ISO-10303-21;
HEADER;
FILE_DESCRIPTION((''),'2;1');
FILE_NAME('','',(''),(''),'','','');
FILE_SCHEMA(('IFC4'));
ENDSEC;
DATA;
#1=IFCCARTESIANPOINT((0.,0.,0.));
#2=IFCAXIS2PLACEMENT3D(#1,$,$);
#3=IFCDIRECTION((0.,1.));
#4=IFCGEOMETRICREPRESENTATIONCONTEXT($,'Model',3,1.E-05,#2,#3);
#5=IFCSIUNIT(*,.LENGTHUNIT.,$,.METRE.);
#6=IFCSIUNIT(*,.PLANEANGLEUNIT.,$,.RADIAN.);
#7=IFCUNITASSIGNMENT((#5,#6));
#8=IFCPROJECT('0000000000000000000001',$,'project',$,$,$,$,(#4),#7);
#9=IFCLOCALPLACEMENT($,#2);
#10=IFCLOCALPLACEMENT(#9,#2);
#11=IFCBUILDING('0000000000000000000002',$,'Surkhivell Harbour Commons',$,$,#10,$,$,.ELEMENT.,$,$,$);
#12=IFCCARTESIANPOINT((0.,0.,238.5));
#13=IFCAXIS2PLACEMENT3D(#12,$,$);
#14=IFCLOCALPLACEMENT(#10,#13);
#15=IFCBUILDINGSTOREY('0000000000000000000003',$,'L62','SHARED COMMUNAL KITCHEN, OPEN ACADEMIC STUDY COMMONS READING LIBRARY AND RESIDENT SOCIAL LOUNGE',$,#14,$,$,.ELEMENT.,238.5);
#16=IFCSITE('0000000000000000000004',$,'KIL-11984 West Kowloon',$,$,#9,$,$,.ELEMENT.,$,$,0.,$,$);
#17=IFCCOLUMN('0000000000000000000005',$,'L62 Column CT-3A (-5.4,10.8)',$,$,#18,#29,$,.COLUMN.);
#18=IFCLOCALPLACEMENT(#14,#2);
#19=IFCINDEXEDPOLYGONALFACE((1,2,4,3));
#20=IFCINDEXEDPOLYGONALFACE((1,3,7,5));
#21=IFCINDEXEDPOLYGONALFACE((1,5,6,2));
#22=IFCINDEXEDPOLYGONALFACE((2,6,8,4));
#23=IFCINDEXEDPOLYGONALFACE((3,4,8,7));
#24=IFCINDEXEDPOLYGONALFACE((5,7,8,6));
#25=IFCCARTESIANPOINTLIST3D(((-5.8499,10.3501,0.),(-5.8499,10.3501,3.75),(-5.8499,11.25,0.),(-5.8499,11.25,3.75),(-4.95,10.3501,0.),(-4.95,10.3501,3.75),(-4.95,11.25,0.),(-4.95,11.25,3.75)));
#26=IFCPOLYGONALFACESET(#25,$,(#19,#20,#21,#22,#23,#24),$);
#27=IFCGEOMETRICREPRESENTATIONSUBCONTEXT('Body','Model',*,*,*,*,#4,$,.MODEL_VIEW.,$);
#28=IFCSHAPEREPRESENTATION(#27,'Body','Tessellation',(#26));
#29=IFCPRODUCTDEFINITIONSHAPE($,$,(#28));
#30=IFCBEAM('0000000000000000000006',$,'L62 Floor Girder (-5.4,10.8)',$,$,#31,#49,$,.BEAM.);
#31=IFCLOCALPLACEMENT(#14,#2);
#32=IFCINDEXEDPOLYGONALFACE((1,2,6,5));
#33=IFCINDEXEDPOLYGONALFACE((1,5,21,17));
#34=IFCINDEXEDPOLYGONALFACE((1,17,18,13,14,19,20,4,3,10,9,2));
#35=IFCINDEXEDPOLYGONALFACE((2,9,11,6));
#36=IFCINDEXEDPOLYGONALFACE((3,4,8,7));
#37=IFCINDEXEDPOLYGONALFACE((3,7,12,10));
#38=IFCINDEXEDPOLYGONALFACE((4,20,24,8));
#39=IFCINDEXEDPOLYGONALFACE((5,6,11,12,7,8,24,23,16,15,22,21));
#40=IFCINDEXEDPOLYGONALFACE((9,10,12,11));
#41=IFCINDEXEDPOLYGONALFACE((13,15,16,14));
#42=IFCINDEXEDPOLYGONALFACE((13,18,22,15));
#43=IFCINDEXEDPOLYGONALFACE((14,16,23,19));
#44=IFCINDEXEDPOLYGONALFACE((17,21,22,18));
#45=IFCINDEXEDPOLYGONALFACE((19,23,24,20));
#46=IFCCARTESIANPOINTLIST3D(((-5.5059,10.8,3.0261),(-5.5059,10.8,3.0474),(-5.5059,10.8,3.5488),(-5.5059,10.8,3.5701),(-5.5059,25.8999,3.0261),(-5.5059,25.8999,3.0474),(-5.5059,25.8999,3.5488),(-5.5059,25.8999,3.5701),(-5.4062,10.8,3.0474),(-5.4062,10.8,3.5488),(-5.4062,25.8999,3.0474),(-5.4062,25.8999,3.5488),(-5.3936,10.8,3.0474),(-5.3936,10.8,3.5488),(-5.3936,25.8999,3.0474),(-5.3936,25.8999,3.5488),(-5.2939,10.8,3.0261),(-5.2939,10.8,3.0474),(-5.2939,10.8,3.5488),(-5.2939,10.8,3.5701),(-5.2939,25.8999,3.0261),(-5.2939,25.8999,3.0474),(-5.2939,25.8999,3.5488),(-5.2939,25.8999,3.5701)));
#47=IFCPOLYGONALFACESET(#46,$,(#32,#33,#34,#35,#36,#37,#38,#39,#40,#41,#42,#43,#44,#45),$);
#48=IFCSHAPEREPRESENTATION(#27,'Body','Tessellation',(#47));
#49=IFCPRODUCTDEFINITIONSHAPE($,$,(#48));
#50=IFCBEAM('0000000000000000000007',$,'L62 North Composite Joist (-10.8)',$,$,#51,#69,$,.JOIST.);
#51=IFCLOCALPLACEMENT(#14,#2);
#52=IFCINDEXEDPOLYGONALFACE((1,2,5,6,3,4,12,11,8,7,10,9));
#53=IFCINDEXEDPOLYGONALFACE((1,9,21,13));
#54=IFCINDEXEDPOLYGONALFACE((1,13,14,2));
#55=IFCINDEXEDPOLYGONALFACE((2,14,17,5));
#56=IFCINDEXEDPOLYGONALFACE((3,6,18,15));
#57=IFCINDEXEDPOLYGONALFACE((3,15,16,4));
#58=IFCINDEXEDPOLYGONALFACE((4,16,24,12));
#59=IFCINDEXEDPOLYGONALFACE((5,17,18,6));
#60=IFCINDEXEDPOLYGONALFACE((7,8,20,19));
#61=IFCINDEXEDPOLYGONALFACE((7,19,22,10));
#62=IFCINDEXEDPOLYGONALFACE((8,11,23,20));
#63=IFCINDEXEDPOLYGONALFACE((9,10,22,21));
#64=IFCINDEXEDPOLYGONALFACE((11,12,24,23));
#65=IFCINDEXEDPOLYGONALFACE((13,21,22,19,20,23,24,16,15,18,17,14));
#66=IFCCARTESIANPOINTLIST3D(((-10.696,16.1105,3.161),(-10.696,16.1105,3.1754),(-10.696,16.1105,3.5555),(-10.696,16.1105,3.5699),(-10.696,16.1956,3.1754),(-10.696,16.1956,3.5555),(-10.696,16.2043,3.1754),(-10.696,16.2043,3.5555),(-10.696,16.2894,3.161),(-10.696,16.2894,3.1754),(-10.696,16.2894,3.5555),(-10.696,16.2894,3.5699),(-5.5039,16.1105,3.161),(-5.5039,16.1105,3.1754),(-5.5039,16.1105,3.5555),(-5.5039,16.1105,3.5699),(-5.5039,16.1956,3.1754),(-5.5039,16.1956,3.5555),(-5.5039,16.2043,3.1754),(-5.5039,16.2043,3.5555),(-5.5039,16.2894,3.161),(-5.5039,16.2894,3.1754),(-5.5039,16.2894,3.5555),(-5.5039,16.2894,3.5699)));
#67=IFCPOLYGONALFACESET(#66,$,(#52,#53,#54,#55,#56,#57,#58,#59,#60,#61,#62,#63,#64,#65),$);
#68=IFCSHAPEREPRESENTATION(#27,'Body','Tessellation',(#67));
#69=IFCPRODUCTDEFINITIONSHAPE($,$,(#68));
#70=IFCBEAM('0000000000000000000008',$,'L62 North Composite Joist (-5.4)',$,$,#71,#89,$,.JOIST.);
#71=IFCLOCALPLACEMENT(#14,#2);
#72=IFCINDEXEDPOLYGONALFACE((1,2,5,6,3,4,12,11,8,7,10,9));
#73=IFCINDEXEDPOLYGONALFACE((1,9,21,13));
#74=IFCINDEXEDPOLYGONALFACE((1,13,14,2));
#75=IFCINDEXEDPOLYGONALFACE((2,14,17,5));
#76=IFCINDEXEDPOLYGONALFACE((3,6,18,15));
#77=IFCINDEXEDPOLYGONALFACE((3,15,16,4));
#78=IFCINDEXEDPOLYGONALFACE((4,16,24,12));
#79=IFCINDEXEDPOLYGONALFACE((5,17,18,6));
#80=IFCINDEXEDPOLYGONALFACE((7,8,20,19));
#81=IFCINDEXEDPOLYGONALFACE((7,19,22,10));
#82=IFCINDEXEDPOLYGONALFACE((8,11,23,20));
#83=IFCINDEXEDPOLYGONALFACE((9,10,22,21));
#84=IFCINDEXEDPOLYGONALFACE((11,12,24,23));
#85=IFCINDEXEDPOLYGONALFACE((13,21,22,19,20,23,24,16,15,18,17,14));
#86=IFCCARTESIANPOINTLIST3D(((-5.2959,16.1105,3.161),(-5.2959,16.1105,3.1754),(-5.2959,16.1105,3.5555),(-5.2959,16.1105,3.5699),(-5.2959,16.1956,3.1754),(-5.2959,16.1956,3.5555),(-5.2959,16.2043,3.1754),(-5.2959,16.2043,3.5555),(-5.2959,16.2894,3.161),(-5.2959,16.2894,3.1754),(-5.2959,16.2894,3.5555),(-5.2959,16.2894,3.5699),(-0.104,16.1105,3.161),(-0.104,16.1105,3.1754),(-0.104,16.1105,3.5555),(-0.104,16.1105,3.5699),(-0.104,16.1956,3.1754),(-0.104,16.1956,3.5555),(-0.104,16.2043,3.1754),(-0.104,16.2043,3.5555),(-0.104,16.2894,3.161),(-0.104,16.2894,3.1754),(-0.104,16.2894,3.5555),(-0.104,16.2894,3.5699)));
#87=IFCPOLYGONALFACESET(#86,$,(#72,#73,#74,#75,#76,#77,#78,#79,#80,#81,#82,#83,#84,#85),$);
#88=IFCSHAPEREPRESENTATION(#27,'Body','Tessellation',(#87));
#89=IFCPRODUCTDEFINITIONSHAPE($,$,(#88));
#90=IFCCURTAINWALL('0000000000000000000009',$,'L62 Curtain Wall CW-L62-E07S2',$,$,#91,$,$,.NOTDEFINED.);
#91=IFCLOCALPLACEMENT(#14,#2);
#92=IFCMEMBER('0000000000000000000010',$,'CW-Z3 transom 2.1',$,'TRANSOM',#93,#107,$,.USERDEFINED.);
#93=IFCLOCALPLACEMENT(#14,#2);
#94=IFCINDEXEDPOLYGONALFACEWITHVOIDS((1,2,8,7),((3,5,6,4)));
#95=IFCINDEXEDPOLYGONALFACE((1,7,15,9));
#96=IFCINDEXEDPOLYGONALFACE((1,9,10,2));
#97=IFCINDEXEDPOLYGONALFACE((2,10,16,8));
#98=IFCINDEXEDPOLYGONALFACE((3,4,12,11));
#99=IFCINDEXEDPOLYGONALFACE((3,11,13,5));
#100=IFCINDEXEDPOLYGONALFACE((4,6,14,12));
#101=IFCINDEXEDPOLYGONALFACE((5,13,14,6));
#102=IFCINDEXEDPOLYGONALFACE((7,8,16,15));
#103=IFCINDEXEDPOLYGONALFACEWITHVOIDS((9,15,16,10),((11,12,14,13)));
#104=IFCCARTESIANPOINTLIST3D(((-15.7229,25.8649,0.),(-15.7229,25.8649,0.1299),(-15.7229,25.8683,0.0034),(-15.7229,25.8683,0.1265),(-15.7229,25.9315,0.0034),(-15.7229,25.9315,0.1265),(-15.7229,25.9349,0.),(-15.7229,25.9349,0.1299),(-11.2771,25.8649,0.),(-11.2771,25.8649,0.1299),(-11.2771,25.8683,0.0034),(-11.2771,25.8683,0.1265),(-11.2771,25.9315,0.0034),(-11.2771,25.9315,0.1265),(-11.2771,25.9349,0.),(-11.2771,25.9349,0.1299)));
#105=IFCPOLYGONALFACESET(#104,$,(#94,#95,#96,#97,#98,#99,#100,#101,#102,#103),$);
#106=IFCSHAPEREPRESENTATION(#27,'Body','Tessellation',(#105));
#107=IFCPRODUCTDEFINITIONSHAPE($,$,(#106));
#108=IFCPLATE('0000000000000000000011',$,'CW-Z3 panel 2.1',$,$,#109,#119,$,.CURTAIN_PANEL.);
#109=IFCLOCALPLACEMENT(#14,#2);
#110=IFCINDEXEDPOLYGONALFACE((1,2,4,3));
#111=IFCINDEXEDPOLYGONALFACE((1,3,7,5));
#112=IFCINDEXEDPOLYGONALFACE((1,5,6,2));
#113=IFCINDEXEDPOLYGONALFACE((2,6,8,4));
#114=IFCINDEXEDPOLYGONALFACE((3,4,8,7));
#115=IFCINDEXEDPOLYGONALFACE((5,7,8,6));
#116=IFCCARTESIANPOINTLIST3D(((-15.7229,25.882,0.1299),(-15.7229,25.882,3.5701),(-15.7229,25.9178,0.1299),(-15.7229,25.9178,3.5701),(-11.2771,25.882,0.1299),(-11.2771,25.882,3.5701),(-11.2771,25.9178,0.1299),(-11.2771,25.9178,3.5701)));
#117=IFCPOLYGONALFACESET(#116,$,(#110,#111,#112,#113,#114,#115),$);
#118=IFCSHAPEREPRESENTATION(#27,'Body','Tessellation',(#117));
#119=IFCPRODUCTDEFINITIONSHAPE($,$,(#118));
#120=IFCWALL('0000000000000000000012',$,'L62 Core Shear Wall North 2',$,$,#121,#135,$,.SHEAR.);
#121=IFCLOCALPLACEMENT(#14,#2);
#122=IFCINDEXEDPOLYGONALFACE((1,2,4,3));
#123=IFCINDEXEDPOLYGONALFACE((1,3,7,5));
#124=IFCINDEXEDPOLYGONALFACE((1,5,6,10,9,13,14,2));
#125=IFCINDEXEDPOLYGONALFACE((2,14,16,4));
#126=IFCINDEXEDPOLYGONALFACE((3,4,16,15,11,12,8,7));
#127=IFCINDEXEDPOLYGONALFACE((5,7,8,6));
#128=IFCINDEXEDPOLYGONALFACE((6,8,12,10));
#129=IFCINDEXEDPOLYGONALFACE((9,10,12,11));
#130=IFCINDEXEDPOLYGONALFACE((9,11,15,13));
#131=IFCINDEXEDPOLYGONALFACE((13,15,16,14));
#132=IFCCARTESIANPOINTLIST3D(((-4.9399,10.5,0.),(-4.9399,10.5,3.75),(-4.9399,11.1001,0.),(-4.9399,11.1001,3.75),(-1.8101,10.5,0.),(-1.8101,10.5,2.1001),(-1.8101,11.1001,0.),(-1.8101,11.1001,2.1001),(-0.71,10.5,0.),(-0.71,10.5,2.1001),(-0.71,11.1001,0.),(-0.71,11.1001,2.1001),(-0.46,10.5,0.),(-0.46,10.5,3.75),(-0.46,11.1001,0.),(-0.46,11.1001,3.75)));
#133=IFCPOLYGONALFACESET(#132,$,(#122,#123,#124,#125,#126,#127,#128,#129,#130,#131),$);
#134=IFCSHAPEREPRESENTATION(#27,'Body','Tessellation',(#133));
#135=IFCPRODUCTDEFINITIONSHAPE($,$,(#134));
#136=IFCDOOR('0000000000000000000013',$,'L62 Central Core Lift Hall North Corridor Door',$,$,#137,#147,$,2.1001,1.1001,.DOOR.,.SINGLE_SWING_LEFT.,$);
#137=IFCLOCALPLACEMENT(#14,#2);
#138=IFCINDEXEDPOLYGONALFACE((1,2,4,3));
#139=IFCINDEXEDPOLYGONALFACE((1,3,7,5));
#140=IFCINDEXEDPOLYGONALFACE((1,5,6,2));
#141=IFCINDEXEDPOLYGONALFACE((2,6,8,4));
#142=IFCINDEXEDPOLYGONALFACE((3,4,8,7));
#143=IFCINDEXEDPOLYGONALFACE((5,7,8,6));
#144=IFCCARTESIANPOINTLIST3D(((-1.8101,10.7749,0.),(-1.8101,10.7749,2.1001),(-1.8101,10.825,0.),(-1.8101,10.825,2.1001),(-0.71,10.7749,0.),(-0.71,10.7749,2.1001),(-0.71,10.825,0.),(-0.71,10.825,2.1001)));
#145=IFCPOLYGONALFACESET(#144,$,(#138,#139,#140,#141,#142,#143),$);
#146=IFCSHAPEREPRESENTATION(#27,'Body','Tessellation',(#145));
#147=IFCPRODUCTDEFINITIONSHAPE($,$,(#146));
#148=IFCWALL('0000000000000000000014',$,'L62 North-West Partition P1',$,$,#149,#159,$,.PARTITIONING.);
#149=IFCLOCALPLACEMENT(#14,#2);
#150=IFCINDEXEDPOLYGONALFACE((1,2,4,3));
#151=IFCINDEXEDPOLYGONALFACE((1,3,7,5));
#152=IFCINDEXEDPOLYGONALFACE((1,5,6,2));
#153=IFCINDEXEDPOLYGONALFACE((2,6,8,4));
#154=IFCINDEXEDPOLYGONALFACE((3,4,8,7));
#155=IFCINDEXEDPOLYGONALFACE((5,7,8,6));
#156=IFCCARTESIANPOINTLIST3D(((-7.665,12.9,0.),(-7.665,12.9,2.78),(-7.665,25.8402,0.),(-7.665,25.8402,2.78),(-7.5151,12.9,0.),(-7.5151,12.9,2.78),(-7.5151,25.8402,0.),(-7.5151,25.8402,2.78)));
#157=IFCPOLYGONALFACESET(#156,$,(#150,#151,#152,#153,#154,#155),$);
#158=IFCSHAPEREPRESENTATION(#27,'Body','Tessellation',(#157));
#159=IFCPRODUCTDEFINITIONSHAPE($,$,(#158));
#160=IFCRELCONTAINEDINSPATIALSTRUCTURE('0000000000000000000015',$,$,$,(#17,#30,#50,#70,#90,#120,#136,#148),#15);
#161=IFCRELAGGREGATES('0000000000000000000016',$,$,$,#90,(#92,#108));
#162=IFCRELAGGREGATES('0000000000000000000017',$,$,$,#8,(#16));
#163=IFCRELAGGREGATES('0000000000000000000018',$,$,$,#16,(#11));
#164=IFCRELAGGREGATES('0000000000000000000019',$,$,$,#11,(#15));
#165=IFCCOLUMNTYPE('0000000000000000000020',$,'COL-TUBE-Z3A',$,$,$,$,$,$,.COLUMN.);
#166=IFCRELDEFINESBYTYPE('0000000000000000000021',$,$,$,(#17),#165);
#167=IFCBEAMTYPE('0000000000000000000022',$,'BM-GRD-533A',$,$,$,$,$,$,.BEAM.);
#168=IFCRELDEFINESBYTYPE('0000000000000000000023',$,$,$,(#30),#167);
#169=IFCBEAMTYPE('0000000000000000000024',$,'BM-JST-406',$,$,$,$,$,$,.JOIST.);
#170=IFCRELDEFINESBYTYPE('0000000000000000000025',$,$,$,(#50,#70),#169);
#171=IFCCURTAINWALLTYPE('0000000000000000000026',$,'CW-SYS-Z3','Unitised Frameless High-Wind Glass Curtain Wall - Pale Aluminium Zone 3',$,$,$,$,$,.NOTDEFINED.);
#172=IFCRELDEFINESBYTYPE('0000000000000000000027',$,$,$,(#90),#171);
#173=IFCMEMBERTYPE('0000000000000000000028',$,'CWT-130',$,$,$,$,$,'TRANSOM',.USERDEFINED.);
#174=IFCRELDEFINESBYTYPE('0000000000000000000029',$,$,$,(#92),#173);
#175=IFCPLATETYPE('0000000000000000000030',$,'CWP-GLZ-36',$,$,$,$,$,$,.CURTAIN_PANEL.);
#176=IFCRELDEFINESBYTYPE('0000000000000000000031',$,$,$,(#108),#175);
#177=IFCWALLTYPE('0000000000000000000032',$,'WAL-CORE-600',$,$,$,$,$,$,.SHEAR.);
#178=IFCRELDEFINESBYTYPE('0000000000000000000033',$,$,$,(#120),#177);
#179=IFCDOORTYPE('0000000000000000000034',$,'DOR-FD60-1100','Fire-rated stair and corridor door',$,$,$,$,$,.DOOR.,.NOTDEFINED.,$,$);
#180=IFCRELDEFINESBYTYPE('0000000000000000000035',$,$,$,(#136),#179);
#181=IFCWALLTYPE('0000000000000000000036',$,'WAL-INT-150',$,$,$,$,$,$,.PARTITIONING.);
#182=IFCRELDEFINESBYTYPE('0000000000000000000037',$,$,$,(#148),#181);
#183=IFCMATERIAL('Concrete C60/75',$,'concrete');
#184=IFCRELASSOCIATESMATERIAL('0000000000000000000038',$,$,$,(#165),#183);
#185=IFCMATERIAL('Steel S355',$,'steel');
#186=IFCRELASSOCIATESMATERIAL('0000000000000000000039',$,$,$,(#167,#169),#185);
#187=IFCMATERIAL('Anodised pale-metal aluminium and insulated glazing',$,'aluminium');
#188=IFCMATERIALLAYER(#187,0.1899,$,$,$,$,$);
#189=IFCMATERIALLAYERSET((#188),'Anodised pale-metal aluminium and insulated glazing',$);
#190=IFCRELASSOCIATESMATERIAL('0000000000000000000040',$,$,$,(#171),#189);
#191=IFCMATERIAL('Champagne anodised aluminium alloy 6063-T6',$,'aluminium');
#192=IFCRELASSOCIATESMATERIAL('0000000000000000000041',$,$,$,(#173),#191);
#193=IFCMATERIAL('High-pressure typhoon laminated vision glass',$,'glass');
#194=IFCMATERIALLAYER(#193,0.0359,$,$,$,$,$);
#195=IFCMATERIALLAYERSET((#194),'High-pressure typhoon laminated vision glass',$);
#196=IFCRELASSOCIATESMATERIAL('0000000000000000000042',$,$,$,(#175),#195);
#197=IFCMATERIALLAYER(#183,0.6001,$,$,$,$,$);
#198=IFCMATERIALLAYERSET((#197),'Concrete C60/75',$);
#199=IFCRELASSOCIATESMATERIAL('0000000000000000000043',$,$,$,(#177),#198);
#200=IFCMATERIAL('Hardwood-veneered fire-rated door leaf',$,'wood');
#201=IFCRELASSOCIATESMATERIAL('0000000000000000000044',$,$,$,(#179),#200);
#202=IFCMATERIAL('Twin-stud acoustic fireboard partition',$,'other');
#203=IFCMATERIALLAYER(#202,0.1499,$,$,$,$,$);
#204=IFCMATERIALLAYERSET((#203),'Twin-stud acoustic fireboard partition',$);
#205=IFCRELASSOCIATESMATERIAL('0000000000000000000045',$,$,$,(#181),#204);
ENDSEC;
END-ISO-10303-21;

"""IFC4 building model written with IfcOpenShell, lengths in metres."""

from ifc_helpers import new_model, si_unit, direction, frame, frame_2d, origin, origin_2d, place, context, subcontext, project, spatial, rectangle, hollow_rectangle, i_section, extrude, material, layer, layer_set, material_profile, profile_set, type_object, element, fill, aggregate, save


model = new_model("IFC4")

# Units and contexts
model_context = context("Model", 3, precision=1e-05, world=origin(), true_north=direction((0.0, 1.0)))
body_context = subcontext(model_context, "Body", "Model", "MODEL_VIEW")
ifc_project = project(units=[si_unit("LENGTHUNIT", "METRE"), si_unit("PLANEANGLEUNIT", "RADIAN")], contexts=[model_context])

# Site, building, storey
site_placement = place(None, origin())
site = spatial("IfcSite", under=ifc_project, at=site_placement, Name="KIL-11984 West Kowloon", CompositionType="ELEMENT", RefElevation=0.0)
building_placement = place(site_placement, origin())
building = spatial("IfcBuilding", under=site, at=building_placement, Name="Surkhivell Harbour Commons", CompositionType="ELEMENT")
storey_placement = place(building_placement, frame((0.0, 0.0, 238.5)))
storey = spatial("IfcBuildingStorey", under=building, at=storey_placement, Name="L62", Description="SHARED COMMUNAL KITCHEN, OPEN ACADEMIC STUDY COMMONS READING LIBRARY AND RESIDENT SOCIAL LOUNGE", CompositionType="ELEMENT", Elevation=238.5)

# Column
ifc_material_1 = material(Name="Concrete C60/75", Category="concrete")
ifc_material_profile_1 = material_profile(ifc_material_1, rectangle(XDim=0.8999, YDim=0.8999, at=origin_2d()), Name="RC-COL-900x900")
ifc_profile_set_1 = profile_set([ifc_material_profile_1], Name="Concrete C60/75")
column_type = type_object("IfcColumnType", Name="COL-TUBE-Z3A", PredefinedType="COLUMN", material=ifc_profile_set_1)
column_placement = place(storey_placement, frame((-5.3999, 10.8, 0.0), z_axis=(0.0, 0.0, 1.0), x_axis=(1.0, 0.0, 0.0)))
element("IfcColumn", 1, at=column_placement, inside=storey, type_object=column_type, Name="L62 Column CT-3A (-5.4,10.8)", PredefinedType="COLUMN", context=body_context, shape_type="SweptSolid", body=[
    extrude(rectangle(XDim=0.8999, YDim=0.8999, at=origin_2d()), origin(), (0.0, 0.0, 1.0), 3.75),
])

# Beams
ifc_material_2 = material(Name="Steel S355", Category="steel")
ifc_material_profile_2 = material_profile(ifc_material_2, i_section(OverallWidth=0.2119, OverallDepth=0.5439, WebThickness=0.0127, FlangeThickness=0.0212, at=origin_2d()), Name="UB533x210x122")
ifc_profile_set_2 = profile_set([ifc_material_profile_2], Name="Steel S355")
beam_type_1 = type_object("IfcBeamType", Name="BM-GRD-533A", PredefinedType="BEAM", material=ifc_profile_set_2)
beam_1_placement = place(storey_placement, frame((-5.3999, 10.8, 3.2981), z_axis=(0.0, 1.0, 0.0), x_axis=(-1.0, 0.0, 0.0)))
element("IfcBeam", 2, at=beam_1_placement, inside=storey, type_object=beam_type_1, Name="L62 Floor Girder (-5.4,10.8)", PredefinedType="BEAM", context=body_context, shape_type="SweptSolid", body=[
    extrude(i_section(OverallWidth=0.2119, OverallDepth=0.5439, WebThickness=0.0127, FlangeThickness=0.0212, at=origin_2d()), origin(), (0.0, 0.0, 1.0), 15.0999),
])
ifc_material_profile_3 = material_profile(ifc_material_2, i_section(OverallWidth=0.179, OverallDepth=0.4089, WebThickness=0.0088, FlangeThickness=0.0144, at=origin_2d()), Name="UB406x178x67")
ifc_profile_set_3 = profile_set([ifc_material_profile_3], Name="Steel S355")
beam_type_2 = type_object("IfcBeamType", Name="BM-JST-406", PredefinedType="JOIST", material=ifc_profile_set_3)
beam_2_placement = place(storey_placement, frame((-10.696, 16.2, 3.3655), z_axis=(1.0, 0.0, 0.0), x_axis=(0.0, 1.0, 0.0)))
element("IfcBeam", 3, at=beam_2_placement, inside=storey, type_object=beam_type_2, Name="L62 North Composite Joist (-10.8)", PredefinedType="JOIST", context=body_context, shape_type="SweptSolid", body=[
    extrude(i_section(OverallWidth=0.179, OverallDepth=0.4089, WebThickness=0.0088, FlangeThickness=0.0144, at=origin_2d()), origin(), (0.0, 0.0, 1.0), 5.1921),
])
beam_3_placement = place(storey_placement, frame((-5.2959, 16.2, 3.3655), z_axis=(1.0, 0.0, 0.0), x_axis=(0.0, 1.0, 0.0)))
element("IfcBeam", 4, at=beam_3_placement, inside=storey, type_object=beam_type_2, Name="L62 North Composite Joist (-5.4)", PredefinedType="JOIST", context=body_context, shape_type="SweptSolid", body=[
    extrude(i_section(OverallWidth=0.179, OverallDepth=0.4089, WebThickness=0.0088, FlangeThickness=0.0144, at=origin_2d()), origin(), (0.0, 0.0, 1.0), 5.1919),
])

# Curtain wall, member, plate
ifc_material_3 = material(Name="Anodised pale-metal aluminium and insulated glazing", Category="aluminium")
ifc_layer_1 = layer(ifc_material_3, 0.1899)
ifc_layer_set_1 = layer_set([ifc_layer_1], Name="Anodised pale-metal aluminium and insulated glazing")
curtain_wall_type = type_object("IfcCurtainWallType", Name="CW-SYS-Z3", Description="Unitised Frameless High-Wind Glass Curtain Wall - Pale Aluminium Zone 3", PredefinedType="NOTDEFINED", material=ifc_layer_set_1)
curtain_wall_placement = place(storey_placement, origin())
curtain_wall = element("IfcCurtainWall", 5, at=curtain_wall_placement, inside=storey, type_object=curtain_wall_type, Name="L62 Curtain Wall CW-L62-E07S2", PredefinedType="NOTDEFINED")
ifc_material_4 = material(Name="Champagne anodised aluminium alloy 6063-T6", Category="aluminium")
ifc_material_profile_4 = material_profile(ifc_material_4, hollow_rectangle(XDim=0.0701, YDim=0.1299, WallThickness=0.0034, at=origin_2d()), Name="ALU-TRAN-70x130")
ifc_profile_set_4 = profile_set([ifc_material_profile_4], Name="Champagne anodised aluminium alloy 6063-T6")
member_type = type_object("IfcMemberType", Name="CWT-130", ElementType="TRANSOM", PredefinedType="USERDEFINED", material=ifc_profile_set_4)
member_placement = place(storey_placement, frame((-11.2771, 25.8999, 0.0649), z_axis=(-1.0, 0.0, 0.0), x_axis=(0.0, -1.0, 0.0)))
member = element("IfcMember", 6, at=member_placement, type_object=member_type, Name="CW-Z3 transom 2.1", ObjectType="TRANSOM", PredefinedType="USERDEFINED", context=body_context, shape_type="SweptSolid", body=[
    extrude(hollow_rectangle(XDim=0.0701, YDim=0.1299, WallThickness=0.0034, at=origin_2d()), origin(), (0.0, 0.0, 1.0), 4.4458),
])
ifc_material_5 = material(Name="High-pressure typhoon laminated vision glass", Category="glass")
ifc_layer_2 = layer(ifc_material_5, 0.0359)
ifc_layer_set_2 = layer_set([ifc_layer_2], Name="High-pressure typhoon laminated vision glass")
plate_type = type_object("IfcPlateType", Name="CWP-GLZ-36", PredefinedType="CURTAIN_PANEL", material=ifc_layer_set_2)
plate_placement = place(storey_placement, frame((-11.2771, 25.8999, 0.1299), z_axis=(0.0, 0.0, 1.0), x_axis=(-1.0, 0.0, 0.0)))
plate = element("IfcPlate", 7, at=plate_placement, type_object=plate_type, Name="CW-Z3 panel 2.1", PredefinedType="CURTAIN_PANEL", context=body_context, shape_type="SweptSolid", body=[
    extrude(rectangle(XDim=4.4458, YDim=0.0359, at=frame_2d((2.2229, 0.0))), origin(), (0.0, 0.0, 1.0), 3.4402),
])
aggregate(curtain_wall, [member, plate])

# Wall, opening, door
ifc_layer_3 = layer(ifc_material_1, 0.6001)
ifc_layer_set_3 = layer_set([ifc_layer_3], Name="Concrete C60/75")
wall_type_1 = type_object("IfcWallType", Name="WAL-CORE-600", PredefinedType="SHEAR", material=ifc_layer_set_3)
wall_1_placement = place(storey_placement, frame((-4.9399, 10.8, 0.0), z_axis=(0.0, 0.0, 1.0), x_axis=(1.0, 0.0, 0.0)))
wall_1 = element("IfcWall", 8, at=wall_1_placement, inside=storey, type_object=wall_type_1, Name="L62 Core Shear Wall North 2", PredefinedType="SHEAR", context=body_context, shape_type="SweptSolid", body=[
    extrude(rectangle(XDim=4.48, YDim=0.6001, at=frame_2d((2.24, 0.0))), origin(), (0.0, 0.0, 1.0), 3.75),
])
opening_1_placement = place(wall_1_placement, frame((3.1299, 0.0, 0.0)))
opening_1 = element("IfcOpeningElement", 9, at=opening_1_placement, cuts=wall_1, PredefinedType="OPENING", context=body_context, shape_type="SweptSolid", body=[
    extrude(rectangle(XDim=1.1001, YDim=2.1001, at=frame_2d((0.55, 1.05))), frame((0.0, 0.3101, 0.0), z_axis=(0.0, -1.0, 0.0), x_axis=(1.0, 0.0, 0.0)), (0.0, 0.0, 1.0), 0.6201),
])
ifc_material_6 = material(Name="Hardwood-veneered fire-rated door leaf", Category="wood")
door_type_1 = type_object("IfcDoorType", Name="DOR-FD60-1100", Description="Fire-rated stair and corridor door", OperationType="NOTDEFINED", PredefinedType="DOOR", material=ifc_material_6)
door_1_placement = place(opening_1_placement, origin())
door_1 = element("IfcDoor", 10, at=door_1_placement, inside=storey, type_object=door_type_1, Name="L62 Central Core Lift Hall North Corridor Door", OperationType="SINGLE_SWING_LEFT", OverallHeight=2.1001, OverallWidth=1.1001, PredefinedType="DOOR", context=body_context, shape_type="SweptSolid", body=[
    extrude(rectangle(XDim=1.1001, YDim=2.1001, at=frame_2d((0.55, 1.05))), frame((0.0, 0.0249, 0.0), z_axis=(0.0, -1.0, 0.0), x_axis=(1.0, 0.0, 0.0)), (0.0, 0.0, 1.0), 0.05),
])
fill(opening_1, door_1)

# Wall
ifc_material_7 = material(Name="Twin-stud acoustic fireboard partition", Category="other")
ifc_layer_4 = layer(ifc_material_7, 0.1499)
ifc_layer_set_4 = layer_set([ifc_layer_4], Name="Twin-stud acoustic fireboard partition")
wall_type_2 = type_object("IfcWallType", Name="WAL-INT-150", PredefinedType="PARTITIONING", material=ifc_layer_set_4)
wall_2_placement = place(storey_placement, frame((-7.5901, 12.8999, 0.0), z_axis=(0.0, 0.0, 1.0), x_axis=(0.0, 1.0, 0.0)))
element("IfcWall", 11, at=wall_2_placement, inside=storey, type_object=wall_type_2, Name="L62 North-West Partition P1", PredefinedType="PARTITIONING", context=body_context, shape_type="SweptSolid", body=[
    extrude(rectangle(XDim=12.9402, YDim=0.1499, at=frame_2d((6.4702, 0.0))), origin(), (0.0, 0.0, 1.0), 2.78),
])

save(model, "model.ifc")
